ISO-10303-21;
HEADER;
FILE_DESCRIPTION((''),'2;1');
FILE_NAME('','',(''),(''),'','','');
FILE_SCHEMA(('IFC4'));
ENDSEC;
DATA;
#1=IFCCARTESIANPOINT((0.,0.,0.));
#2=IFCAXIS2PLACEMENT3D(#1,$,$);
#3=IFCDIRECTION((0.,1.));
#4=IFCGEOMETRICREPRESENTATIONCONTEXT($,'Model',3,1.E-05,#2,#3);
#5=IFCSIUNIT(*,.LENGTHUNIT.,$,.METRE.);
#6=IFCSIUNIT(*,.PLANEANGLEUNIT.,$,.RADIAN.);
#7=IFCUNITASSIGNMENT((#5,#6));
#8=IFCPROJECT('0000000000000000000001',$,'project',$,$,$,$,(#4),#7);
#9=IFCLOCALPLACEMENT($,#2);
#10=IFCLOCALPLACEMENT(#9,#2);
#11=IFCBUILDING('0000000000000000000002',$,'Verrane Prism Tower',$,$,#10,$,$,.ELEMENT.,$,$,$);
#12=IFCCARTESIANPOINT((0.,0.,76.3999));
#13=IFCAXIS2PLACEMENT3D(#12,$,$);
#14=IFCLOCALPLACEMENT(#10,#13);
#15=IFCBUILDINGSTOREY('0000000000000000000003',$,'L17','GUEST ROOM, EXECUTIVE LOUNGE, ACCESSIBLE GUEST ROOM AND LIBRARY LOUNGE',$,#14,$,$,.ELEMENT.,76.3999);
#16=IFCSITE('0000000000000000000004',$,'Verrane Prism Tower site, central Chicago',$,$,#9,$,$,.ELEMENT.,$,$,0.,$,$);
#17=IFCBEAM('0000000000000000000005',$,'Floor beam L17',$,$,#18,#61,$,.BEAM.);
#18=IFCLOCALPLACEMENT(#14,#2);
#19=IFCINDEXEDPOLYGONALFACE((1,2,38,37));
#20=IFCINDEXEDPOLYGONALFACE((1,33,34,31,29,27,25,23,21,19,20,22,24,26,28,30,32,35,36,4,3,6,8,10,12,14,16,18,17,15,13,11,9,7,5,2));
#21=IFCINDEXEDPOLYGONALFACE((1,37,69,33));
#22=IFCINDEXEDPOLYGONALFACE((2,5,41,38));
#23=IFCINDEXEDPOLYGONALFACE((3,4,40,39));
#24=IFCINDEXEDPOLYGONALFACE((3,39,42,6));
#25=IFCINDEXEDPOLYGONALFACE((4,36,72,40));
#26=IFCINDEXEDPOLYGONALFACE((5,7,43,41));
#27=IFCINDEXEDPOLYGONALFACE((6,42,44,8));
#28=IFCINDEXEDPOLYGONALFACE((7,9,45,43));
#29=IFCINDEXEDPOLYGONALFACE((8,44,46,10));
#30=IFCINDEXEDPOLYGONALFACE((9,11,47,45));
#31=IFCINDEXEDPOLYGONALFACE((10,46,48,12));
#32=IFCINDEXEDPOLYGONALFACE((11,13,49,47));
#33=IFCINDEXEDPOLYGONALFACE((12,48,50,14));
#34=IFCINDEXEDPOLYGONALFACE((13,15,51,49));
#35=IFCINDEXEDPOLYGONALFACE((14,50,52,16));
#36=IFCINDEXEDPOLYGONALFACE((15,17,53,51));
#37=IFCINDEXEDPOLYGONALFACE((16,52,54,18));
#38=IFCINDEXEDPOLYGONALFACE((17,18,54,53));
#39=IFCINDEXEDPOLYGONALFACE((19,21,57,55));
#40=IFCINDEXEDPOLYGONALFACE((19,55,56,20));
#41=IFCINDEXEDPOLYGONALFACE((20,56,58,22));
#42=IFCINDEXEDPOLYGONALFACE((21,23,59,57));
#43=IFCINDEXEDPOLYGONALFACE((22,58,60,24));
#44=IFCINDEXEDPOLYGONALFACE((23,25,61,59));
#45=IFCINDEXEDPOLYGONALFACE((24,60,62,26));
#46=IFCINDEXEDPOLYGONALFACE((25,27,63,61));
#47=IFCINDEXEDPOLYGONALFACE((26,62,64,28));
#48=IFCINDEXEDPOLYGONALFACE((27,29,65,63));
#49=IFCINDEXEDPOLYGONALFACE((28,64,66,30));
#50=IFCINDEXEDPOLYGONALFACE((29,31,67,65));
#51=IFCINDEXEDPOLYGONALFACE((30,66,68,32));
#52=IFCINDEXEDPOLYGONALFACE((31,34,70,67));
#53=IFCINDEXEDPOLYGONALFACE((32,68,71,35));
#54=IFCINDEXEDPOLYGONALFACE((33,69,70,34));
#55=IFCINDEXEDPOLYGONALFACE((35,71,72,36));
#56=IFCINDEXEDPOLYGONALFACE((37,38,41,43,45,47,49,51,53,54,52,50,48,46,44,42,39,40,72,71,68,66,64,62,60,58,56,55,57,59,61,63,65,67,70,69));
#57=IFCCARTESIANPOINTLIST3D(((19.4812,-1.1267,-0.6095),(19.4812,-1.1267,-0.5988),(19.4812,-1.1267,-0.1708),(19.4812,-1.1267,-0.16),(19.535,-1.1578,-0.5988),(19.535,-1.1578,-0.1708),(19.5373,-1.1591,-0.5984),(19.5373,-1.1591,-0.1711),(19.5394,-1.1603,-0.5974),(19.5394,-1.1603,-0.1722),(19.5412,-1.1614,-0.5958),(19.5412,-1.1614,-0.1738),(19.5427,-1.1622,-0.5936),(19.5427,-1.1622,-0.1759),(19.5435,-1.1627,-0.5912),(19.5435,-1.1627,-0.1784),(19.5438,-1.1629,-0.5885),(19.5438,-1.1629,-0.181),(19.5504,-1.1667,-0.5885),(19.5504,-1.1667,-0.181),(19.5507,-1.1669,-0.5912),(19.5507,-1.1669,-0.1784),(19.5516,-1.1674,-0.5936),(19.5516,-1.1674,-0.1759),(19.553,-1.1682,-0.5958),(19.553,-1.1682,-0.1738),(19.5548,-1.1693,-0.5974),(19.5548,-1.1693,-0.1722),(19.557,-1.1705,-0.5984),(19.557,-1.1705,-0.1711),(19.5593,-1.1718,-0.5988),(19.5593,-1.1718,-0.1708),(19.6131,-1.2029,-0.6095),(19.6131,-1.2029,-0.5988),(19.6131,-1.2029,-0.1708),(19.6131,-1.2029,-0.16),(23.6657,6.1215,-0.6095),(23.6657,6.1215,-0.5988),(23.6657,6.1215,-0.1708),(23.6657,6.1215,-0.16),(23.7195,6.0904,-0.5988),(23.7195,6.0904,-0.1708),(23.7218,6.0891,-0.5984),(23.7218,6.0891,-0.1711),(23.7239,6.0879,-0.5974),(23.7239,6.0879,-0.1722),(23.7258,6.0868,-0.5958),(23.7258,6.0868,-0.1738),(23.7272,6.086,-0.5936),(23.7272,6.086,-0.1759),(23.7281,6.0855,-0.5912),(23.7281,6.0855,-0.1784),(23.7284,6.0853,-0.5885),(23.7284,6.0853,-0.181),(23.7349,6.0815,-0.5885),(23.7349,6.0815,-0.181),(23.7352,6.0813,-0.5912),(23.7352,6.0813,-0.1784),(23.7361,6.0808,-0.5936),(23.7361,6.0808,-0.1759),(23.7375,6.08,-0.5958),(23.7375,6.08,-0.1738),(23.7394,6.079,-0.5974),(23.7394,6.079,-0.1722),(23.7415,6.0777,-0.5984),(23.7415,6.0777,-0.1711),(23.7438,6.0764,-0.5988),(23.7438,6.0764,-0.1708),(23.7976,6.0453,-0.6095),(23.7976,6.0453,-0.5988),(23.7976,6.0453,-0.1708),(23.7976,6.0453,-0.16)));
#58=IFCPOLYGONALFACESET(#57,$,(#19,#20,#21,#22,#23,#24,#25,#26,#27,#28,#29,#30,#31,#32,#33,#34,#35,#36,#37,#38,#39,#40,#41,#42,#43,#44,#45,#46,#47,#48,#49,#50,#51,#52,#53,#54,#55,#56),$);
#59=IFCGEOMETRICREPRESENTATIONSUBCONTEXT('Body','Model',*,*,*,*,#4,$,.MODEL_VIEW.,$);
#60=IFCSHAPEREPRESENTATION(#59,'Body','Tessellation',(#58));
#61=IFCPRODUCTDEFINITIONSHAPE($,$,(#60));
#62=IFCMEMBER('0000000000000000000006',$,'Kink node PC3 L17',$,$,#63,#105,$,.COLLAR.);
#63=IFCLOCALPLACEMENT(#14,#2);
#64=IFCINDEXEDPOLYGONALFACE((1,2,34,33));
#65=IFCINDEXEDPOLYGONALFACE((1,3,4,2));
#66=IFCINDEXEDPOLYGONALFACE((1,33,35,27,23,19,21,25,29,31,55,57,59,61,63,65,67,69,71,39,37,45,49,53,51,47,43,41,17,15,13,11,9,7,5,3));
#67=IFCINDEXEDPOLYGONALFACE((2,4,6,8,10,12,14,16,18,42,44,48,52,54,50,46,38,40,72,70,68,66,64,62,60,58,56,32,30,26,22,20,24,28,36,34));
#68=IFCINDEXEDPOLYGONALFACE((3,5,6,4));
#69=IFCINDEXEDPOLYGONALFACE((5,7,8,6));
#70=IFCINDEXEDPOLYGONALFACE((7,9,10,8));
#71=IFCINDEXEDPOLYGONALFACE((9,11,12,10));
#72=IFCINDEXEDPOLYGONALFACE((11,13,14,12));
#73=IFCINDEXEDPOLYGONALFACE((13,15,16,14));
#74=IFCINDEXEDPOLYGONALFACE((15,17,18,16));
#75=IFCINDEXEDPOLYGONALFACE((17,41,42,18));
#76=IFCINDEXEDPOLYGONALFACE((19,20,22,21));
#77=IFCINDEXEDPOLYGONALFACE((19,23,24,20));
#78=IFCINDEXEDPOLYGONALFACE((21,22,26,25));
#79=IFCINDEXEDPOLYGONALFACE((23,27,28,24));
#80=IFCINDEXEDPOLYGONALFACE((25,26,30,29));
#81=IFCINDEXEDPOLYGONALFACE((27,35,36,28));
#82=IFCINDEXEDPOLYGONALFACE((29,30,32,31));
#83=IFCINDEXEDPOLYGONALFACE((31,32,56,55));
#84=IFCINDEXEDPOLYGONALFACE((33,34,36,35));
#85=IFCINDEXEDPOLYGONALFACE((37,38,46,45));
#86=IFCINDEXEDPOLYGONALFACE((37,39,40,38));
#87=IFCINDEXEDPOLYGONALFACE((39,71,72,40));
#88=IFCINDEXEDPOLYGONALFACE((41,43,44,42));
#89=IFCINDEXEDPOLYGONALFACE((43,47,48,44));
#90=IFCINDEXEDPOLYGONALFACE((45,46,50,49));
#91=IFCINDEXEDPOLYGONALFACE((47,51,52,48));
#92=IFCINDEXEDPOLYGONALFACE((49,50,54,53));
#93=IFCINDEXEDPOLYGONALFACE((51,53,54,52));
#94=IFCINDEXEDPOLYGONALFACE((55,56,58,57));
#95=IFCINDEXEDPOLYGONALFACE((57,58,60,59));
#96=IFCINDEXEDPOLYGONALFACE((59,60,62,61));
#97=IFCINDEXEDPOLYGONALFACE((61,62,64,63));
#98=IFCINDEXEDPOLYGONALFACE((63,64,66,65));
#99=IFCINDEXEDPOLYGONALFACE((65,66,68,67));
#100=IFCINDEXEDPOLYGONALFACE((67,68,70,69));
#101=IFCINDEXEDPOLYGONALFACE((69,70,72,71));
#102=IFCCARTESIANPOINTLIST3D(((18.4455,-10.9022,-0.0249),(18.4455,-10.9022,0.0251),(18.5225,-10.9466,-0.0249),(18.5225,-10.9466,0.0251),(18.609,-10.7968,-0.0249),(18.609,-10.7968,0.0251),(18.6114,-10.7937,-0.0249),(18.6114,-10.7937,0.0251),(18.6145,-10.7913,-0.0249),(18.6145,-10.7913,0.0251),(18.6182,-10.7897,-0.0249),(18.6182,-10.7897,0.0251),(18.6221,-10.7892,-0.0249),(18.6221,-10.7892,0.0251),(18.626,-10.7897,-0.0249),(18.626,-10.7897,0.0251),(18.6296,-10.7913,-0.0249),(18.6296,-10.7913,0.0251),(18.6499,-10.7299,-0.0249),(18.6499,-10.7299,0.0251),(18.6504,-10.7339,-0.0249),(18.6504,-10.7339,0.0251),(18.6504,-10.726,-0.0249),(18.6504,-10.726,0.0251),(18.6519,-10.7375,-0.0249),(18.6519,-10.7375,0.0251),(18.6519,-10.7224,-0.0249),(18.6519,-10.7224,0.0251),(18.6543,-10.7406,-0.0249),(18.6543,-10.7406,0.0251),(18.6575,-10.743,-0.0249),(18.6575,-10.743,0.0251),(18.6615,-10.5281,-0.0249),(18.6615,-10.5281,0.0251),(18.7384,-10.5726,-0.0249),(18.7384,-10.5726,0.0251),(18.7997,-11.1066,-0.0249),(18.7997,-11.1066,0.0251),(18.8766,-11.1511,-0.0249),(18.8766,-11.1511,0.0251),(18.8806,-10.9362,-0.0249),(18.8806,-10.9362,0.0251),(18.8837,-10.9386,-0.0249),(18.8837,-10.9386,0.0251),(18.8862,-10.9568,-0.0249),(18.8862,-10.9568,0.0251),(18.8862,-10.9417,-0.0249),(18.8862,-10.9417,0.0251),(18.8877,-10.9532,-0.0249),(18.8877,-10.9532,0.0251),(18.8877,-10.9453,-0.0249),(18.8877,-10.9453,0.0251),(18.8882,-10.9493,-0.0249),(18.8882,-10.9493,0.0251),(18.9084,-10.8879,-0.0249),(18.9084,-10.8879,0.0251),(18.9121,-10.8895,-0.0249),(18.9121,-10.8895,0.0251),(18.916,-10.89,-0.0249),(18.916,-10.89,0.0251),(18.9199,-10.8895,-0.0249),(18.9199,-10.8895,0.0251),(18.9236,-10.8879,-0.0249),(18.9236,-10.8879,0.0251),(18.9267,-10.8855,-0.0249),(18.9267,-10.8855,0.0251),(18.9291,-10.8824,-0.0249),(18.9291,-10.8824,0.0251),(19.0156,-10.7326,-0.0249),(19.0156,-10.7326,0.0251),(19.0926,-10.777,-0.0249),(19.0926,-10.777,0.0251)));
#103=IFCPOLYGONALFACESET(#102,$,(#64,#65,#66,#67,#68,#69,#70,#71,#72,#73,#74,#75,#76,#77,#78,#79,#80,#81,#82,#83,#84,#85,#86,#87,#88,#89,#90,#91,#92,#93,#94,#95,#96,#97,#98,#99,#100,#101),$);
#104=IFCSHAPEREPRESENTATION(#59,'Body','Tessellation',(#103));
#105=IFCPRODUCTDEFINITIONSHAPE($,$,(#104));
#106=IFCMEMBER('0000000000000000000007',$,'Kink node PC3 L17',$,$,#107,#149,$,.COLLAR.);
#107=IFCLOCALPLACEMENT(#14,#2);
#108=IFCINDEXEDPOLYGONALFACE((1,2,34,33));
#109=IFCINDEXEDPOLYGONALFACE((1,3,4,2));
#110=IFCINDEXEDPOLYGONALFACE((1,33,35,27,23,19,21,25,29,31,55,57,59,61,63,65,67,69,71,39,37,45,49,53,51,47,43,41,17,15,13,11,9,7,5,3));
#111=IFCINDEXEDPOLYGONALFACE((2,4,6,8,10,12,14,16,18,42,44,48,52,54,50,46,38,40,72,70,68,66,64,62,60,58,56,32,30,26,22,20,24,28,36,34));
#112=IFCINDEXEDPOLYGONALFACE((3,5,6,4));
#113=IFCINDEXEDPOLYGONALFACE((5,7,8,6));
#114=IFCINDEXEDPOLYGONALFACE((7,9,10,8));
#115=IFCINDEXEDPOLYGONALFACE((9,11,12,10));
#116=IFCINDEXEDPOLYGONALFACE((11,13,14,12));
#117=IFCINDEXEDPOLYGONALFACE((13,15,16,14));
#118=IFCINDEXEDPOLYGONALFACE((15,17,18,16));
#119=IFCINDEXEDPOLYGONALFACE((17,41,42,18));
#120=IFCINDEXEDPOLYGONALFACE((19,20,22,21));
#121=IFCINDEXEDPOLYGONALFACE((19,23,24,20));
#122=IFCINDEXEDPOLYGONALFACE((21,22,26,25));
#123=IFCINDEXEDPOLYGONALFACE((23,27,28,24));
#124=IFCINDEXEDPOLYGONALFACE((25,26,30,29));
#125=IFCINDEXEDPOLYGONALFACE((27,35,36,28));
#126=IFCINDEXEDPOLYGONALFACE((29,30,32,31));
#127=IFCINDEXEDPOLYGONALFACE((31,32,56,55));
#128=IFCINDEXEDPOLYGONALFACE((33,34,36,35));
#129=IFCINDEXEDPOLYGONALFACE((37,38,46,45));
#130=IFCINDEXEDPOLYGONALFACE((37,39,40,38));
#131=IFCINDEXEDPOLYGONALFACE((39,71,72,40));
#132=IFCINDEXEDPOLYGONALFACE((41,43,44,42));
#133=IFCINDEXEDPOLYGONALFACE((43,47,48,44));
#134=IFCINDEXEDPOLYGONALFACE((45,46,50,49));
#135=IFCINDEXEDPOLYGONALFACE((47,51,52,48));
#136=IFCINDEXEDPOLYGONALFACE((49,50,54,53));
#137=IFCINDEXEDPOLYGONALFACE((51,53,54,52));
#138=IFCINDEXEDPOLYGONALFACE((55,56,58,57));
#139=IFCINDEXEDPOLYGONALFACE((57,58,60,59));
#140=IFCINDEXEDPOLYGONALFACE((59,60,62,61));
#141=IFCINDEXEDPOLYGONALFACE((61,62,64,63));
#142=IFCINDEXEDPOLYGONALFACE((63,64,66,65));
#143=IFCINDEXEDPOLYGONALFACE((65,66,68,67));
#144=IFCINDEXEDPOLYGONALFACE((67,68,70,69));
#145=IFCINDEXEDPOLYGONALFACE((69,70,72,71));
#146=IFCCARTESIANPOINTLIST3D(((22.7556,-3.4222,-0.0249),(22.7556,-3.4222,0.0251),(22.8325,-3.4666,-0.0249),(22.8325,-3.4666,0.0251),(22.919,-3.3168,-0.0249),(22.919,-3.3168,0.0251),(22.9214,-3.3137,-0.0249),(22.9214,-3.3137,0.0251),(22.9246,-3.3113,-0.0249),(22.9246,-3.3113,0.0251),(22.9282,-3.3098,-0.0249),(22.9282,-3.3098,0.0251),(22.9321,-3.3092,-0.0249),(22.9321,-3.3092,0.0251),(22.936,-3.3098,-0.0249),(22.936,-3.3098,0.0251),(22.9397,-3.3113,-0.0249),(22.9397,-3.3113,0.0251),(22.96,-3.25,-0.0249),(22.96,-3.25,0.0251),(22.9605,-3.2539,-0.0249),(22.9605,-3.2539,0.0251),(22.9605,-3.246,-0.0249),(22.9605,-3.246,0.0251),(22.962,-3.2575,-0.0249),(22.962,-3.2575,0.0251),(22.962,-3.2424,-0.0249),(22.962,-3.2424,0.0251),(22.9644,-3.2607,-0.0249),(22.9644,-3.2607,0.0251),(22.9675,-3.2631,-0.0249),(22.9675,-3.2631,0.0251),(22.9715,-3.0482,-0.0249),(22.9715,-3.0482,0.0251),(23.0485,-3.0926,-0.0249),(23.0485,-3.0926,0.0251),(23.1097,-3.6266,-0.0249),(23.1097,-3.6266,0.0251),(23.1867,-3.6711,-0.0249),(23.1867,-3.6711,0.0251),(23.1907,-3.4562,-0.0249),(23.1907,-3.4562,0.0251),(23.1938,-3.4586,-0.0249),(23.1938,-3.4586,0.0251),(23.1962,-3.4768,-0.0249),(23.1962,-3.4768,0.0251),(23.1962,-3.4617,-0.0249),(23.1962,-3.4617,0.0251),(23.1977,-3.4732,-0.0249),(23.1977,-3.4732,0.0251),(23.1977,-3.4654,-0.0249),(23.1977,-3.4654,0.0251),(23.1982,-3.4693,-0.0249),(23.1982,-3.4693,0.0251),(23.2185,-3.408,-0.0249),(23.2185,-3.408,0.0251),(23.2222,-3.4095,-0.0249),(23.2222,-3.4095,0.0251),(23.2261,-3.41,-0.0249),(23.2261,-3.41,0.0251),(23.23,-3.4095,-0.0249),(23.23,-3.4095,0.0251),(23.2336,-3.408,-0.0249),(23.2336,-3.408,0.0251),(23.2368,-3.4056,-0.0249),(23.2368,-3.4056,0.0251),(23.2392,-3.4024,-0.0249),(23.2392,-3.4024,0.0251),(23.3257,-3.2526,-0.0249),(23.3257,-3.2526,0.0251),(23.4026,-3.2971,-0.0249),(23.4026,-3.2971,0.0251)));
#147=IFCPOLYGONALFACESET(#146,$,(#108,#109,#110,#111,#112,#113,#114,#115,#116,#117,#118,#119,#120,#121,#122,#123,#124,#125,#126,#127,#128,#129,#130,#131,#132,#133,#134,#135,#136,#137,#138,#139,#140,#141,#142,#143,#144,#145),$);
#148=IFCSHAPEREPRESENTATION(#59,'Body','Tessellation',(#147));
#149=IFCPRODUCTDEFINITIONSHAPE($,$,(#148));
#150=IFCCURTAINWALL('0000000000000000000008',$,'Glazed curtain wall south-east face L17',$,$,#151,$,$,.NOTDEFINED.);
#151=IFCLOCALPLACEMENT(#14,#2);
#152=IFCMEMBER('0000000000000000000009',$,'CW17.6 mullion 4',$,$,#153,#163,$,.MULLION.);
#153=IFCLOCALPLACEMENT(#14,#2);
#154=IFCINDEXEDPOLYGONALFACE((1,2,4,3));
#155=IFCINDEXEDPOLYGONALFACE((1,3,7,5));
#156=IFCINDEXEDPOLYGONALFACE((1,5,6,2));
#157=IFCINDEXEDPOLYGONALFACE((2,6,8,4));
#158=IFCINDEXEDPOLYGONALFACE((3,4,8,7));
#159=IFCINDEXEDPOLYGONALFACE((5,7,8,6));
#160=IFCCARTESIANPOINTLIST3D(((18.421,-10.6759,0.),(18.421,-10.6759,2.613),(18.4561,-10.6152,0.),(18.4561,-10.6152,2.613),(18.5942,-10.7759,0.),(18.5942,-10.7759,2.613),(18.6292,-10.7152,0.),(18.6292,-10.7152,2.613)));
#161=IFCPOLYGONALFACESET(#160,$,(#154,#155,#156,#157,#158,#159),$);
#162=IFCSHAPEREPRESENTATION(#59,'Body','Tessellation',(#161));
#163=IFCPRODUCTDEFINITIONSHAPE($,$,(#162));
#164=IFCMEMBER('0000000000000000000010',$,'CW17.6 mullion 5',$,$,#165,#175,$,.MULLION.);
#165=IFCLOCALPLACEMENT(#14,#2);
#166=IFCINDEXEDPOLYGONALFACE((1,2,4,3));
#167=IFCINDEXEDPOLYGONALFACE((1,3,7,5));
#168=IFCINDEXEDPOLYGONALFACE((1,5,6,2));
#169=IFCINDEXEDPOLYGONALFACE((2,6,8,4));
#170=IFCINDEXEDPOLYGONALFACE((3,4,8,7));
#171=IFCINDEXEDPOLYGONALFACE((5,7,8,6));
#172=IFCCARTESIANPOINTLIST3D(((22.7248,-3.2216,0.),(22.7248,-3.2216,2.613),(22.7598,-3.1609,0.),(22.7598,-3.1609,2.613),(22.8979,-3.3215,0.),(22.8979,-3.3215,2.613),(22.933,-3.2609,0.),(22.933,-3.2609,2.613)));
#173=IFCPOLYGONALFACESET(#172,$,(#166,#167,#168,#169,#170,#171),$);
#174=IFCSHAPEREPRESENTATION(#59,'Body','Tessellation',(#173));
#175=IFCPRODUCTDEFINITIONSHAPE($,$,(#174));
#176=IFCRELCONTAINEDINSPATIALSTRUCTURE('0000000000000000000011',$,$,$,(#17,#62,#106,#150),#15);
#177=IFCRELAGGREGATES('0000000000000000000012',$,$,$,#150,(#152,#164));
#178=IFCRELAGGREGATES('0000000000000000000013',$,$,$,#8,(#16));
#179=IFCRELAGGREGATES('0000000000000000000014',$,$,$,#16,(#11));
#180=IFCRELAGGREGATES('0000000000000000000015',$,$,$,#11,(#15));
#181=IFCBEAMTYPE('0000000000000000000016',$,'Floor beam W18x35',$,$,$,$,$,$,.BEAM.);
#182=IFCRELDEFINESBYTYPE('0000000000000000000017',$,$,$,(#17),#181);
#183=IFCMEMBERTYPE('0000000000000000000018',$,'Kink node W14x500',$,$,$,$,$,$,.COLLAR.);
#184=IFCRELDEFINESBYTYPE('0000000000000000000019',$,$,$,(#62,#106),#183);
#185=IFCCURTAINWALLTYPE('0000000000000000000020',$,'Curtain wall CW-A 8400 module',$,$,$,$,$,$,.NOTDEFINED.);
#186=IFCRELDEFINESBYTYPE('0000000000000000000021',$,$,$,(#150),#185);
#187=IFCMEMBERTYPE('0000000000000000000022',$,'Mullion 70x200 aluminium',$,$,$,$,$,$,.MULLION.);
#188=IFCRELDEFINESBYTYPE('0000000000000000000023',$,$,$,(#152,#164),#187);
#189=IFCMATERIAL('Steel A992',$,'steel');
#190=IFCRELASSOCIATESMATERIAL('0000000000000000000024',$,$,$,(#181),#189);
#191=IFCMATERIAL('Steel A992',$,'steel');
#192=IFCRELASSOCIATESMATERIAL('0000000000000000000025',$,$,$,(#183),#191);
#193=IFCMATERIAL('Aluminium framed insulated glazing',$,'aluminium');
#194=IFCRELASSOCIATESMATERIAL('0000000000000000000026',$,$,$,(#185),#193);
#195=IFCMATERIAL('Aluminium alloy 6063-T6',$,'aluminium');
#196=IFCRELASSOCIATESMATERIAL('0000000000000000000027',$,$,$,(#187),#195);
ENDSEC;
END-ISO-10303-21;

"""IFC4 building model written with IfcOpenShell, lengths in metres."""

from ifc_helpers import new_model, si_unit, direction, frame, origin, origin_2d, place, context, subcontext, project, spatial, rectangle, i_section, extrude, material, material_profile, profile_set, type_object, element, aggregate, save


model = new_model("IFC4")

# Units and contexts
model_context = context("Model", 3, precision=1e-05, world=origin(), true_north=direction((0.0, 1.0)))
body_context = subcontext(model_context, "Body", "Model", "MODEL_VIEW")
ifc_project = project(units=[si_unit("LENGTHUNIT", "METRE"), si_unit("PLANEANGLEUNIT", "RADIAN")], contexts=[model_context])

# Site, building, storey
site_placement = place(None, origin())
site = spatial("IfcSite", under=ifc_project, at=site_placement, Name="Verrane Prism Tower site, central Chicago", CompositionType="ELEMENT", RefElevation=0.0)
building_placement = place(site_placement, origin())
building = spatial("IfcBuilding", under=site, at=building_placement, Name="Verrane Prism Tower", CompositionType="ELEMENT")
storey_placement = place(building_placement, frame((0.0, 0.0, 76.3999)))
storey = spatial("IfcBuildingStorey", under=building, at=storey_placement, Name="L17", Description="GUEST ROOM, EXECUTIVE LOUNGE, ACCESSIBLE GUEST ROOM AND LIBRARY LOUNGE", CompositionType="ELEMENT", Elevation=76.3999)

# Beam
ifc_material_1 = material(Name="Steel A992", Category="steel")
ifc_material_profile_1 = material_profile(ifc_material_1, i_section(OverallWidth=0.1523, OverallDepth=0.4495, WebThickness=0.0076, FlangeThickness=0.0107, FilletRadius=0.0103, at=origin_2d()), Name="W18x35")
ifc_profile_set_1 = profile_set([ifc_material_profile_1], Name="Steel A992")
beam_type_1 = type_object("IfcBeamType", Name="Floor beam W18x35", PredefinedType="BEAM", material=ifc_profile_set_1)
beam_1_placement = place(storey_placement, frame((19.5471, -1.1648, -0.3848), z_axis=(0.499979, 0.866037, 0.0), x_axis=(-0.866037, 0.499979, 0.0)))
element("IfcBeam", 1, at=beam_1_placement, inside=storey, type_object=beam_type_1, Name="Floor beam L17", PredefinedType="BEAM", context=body_context, shape_type="SweptSolid", body=[
    extrude(i_section(OverallWidth=0.1523, OverallDepth=0.4495, WebThickness=0.0076, FlangeThickness=0.0107, FilletRadius=0.0103, at=origin_2d()), origin(), (0.0, 0.0, 1.0), 8.3694),
])

# Members
ifc_material_2 = material(Name="Steel A992", Category="steel")
ifc_material_profile_2 = material_profile(ifc_material_2, i_section(OverallWidth=0.4319, OverallDepth=0.4978, WebThickness=0.0557, FlangeThickness=0.0889, FilletRadius=0.0151, at=origin_2d()), Name="W14x500")
ifc_profile_set_2 = profile_set([ifc_material_profile_2], Name="Steel A992")
member_type_1 = type_object("IfcMemberType", Name="Kink node W14x500", PredefinedType="COLLAR", material=ifc_profile_set_2)
for number, where, z_axis, x_axis, name in (
    (2, (18.769, -10.8396, -0.0249), (0.0, 0.0, 1.0), (-0.5, -0.866025, 0.0), "Kink node PC3 L17"),
    (3, (23.0791, -3.3596, -0.0249), (0.0, 0.0, 1.0), (-0.5, -0.866025, 0.0), "Kink node PC3 L17"),
):
    element("IfcMember", number, at=place(storey_placement, frame(where, z_axis=z_axis, x_axis=x_axis)), inside=storey, type_object=member_type_1, Name=name, PredefinedType="COLLAR", context=body_context, shape_type="SweptSolid", body=[
        extrude(i_section(OverallWidth=0.4319, OverallDepth=0.4978, WebThickness=0.0557, FlangeThickness=0.0889, FilletRadius=0.0151, at=origin_2d()), origin(), (0.0, 0.0, 1.0), 0.05),
    ])

# Curtain wall, members
ifc_material_3 = material(Name="Aluminium framed insulated glazing", Category="aluminium")
curtain_wall_type = type_object("IfcCurtainWallType", Name="Curtain wall CW-A 8400 module", PredefinedType="NOTDEFINED", material=ifc_material_3)
curtain_wall_placement = place(storey_placement, origin())
curtain_wall = element("IfcCurtainWall", 4, at=curtain_wall_placement, inside=storey, type_object=curtain_wall_type, Name="Glazed curtain wall south-east face L17", PredefinedType="NOTDEFINED")
ifc_material_4 = material(Name="Aluminium alloy 6063-T6", Category="aluminium")
ifc_material_profile_3 = material_profile(ifc_material_4, rectangle(XDim=0.2, YDim=0.0701, at=origin_2d()), Name="Mullion 70x200 aluminium")
ifc_profile_set_3 = profile_set([ifc_material_profile_3], Name="Aluminium alloy 6063-T6")
member_type_2 = type_object("IfcMemberType", Name="Mullion 70x200 aluminium", PredefinedType="MULLION", material=ifc_profile_set_3)
member_1_placement = place(storey_placement, frame((18.5251, -10.6956, 0.0), z_axis=(0.0, 0.0, 1.0), x_axis=(-0.866026, 0.499999, 0.0)))
member_1 = element("IfcMember", 5, at=member_1_placement, type_object=member_type_2, Name="CW17.6 mullion 4", PredefinedType="MULLION", context=body_context, shape_type="SweptSolid", body=[
    extrude(rectangle(XDim=0.2, YDim=0.0701, at=origin_2d()), origin(), (0.0, 0.0, 1.0), 2.613),
])
member_2_placement = place(storey_placement, frame((22.8289, -3.2412, 0.0), z_axis=(0.0, 0.0, 1.0), x_axis=(-0.866026, 0.499999, 0.0)))
member_2 = element("IfcMember", 6, at=member_2_placement, type_object=member_type_2, Name="CW17.6 mullion 5", PredefinedType="MULLION", context=body_context, shape_type="SweptSolid", body=[
    extrude(rectangle(XDim=0.2, YDim=0.0701, at=origin_2d()), origin(), (0.0, 0.0, 1.0), 2.613),
])

aggregate(curtain_wall, [member_1, member_2])

save(model, "model.ifc")
